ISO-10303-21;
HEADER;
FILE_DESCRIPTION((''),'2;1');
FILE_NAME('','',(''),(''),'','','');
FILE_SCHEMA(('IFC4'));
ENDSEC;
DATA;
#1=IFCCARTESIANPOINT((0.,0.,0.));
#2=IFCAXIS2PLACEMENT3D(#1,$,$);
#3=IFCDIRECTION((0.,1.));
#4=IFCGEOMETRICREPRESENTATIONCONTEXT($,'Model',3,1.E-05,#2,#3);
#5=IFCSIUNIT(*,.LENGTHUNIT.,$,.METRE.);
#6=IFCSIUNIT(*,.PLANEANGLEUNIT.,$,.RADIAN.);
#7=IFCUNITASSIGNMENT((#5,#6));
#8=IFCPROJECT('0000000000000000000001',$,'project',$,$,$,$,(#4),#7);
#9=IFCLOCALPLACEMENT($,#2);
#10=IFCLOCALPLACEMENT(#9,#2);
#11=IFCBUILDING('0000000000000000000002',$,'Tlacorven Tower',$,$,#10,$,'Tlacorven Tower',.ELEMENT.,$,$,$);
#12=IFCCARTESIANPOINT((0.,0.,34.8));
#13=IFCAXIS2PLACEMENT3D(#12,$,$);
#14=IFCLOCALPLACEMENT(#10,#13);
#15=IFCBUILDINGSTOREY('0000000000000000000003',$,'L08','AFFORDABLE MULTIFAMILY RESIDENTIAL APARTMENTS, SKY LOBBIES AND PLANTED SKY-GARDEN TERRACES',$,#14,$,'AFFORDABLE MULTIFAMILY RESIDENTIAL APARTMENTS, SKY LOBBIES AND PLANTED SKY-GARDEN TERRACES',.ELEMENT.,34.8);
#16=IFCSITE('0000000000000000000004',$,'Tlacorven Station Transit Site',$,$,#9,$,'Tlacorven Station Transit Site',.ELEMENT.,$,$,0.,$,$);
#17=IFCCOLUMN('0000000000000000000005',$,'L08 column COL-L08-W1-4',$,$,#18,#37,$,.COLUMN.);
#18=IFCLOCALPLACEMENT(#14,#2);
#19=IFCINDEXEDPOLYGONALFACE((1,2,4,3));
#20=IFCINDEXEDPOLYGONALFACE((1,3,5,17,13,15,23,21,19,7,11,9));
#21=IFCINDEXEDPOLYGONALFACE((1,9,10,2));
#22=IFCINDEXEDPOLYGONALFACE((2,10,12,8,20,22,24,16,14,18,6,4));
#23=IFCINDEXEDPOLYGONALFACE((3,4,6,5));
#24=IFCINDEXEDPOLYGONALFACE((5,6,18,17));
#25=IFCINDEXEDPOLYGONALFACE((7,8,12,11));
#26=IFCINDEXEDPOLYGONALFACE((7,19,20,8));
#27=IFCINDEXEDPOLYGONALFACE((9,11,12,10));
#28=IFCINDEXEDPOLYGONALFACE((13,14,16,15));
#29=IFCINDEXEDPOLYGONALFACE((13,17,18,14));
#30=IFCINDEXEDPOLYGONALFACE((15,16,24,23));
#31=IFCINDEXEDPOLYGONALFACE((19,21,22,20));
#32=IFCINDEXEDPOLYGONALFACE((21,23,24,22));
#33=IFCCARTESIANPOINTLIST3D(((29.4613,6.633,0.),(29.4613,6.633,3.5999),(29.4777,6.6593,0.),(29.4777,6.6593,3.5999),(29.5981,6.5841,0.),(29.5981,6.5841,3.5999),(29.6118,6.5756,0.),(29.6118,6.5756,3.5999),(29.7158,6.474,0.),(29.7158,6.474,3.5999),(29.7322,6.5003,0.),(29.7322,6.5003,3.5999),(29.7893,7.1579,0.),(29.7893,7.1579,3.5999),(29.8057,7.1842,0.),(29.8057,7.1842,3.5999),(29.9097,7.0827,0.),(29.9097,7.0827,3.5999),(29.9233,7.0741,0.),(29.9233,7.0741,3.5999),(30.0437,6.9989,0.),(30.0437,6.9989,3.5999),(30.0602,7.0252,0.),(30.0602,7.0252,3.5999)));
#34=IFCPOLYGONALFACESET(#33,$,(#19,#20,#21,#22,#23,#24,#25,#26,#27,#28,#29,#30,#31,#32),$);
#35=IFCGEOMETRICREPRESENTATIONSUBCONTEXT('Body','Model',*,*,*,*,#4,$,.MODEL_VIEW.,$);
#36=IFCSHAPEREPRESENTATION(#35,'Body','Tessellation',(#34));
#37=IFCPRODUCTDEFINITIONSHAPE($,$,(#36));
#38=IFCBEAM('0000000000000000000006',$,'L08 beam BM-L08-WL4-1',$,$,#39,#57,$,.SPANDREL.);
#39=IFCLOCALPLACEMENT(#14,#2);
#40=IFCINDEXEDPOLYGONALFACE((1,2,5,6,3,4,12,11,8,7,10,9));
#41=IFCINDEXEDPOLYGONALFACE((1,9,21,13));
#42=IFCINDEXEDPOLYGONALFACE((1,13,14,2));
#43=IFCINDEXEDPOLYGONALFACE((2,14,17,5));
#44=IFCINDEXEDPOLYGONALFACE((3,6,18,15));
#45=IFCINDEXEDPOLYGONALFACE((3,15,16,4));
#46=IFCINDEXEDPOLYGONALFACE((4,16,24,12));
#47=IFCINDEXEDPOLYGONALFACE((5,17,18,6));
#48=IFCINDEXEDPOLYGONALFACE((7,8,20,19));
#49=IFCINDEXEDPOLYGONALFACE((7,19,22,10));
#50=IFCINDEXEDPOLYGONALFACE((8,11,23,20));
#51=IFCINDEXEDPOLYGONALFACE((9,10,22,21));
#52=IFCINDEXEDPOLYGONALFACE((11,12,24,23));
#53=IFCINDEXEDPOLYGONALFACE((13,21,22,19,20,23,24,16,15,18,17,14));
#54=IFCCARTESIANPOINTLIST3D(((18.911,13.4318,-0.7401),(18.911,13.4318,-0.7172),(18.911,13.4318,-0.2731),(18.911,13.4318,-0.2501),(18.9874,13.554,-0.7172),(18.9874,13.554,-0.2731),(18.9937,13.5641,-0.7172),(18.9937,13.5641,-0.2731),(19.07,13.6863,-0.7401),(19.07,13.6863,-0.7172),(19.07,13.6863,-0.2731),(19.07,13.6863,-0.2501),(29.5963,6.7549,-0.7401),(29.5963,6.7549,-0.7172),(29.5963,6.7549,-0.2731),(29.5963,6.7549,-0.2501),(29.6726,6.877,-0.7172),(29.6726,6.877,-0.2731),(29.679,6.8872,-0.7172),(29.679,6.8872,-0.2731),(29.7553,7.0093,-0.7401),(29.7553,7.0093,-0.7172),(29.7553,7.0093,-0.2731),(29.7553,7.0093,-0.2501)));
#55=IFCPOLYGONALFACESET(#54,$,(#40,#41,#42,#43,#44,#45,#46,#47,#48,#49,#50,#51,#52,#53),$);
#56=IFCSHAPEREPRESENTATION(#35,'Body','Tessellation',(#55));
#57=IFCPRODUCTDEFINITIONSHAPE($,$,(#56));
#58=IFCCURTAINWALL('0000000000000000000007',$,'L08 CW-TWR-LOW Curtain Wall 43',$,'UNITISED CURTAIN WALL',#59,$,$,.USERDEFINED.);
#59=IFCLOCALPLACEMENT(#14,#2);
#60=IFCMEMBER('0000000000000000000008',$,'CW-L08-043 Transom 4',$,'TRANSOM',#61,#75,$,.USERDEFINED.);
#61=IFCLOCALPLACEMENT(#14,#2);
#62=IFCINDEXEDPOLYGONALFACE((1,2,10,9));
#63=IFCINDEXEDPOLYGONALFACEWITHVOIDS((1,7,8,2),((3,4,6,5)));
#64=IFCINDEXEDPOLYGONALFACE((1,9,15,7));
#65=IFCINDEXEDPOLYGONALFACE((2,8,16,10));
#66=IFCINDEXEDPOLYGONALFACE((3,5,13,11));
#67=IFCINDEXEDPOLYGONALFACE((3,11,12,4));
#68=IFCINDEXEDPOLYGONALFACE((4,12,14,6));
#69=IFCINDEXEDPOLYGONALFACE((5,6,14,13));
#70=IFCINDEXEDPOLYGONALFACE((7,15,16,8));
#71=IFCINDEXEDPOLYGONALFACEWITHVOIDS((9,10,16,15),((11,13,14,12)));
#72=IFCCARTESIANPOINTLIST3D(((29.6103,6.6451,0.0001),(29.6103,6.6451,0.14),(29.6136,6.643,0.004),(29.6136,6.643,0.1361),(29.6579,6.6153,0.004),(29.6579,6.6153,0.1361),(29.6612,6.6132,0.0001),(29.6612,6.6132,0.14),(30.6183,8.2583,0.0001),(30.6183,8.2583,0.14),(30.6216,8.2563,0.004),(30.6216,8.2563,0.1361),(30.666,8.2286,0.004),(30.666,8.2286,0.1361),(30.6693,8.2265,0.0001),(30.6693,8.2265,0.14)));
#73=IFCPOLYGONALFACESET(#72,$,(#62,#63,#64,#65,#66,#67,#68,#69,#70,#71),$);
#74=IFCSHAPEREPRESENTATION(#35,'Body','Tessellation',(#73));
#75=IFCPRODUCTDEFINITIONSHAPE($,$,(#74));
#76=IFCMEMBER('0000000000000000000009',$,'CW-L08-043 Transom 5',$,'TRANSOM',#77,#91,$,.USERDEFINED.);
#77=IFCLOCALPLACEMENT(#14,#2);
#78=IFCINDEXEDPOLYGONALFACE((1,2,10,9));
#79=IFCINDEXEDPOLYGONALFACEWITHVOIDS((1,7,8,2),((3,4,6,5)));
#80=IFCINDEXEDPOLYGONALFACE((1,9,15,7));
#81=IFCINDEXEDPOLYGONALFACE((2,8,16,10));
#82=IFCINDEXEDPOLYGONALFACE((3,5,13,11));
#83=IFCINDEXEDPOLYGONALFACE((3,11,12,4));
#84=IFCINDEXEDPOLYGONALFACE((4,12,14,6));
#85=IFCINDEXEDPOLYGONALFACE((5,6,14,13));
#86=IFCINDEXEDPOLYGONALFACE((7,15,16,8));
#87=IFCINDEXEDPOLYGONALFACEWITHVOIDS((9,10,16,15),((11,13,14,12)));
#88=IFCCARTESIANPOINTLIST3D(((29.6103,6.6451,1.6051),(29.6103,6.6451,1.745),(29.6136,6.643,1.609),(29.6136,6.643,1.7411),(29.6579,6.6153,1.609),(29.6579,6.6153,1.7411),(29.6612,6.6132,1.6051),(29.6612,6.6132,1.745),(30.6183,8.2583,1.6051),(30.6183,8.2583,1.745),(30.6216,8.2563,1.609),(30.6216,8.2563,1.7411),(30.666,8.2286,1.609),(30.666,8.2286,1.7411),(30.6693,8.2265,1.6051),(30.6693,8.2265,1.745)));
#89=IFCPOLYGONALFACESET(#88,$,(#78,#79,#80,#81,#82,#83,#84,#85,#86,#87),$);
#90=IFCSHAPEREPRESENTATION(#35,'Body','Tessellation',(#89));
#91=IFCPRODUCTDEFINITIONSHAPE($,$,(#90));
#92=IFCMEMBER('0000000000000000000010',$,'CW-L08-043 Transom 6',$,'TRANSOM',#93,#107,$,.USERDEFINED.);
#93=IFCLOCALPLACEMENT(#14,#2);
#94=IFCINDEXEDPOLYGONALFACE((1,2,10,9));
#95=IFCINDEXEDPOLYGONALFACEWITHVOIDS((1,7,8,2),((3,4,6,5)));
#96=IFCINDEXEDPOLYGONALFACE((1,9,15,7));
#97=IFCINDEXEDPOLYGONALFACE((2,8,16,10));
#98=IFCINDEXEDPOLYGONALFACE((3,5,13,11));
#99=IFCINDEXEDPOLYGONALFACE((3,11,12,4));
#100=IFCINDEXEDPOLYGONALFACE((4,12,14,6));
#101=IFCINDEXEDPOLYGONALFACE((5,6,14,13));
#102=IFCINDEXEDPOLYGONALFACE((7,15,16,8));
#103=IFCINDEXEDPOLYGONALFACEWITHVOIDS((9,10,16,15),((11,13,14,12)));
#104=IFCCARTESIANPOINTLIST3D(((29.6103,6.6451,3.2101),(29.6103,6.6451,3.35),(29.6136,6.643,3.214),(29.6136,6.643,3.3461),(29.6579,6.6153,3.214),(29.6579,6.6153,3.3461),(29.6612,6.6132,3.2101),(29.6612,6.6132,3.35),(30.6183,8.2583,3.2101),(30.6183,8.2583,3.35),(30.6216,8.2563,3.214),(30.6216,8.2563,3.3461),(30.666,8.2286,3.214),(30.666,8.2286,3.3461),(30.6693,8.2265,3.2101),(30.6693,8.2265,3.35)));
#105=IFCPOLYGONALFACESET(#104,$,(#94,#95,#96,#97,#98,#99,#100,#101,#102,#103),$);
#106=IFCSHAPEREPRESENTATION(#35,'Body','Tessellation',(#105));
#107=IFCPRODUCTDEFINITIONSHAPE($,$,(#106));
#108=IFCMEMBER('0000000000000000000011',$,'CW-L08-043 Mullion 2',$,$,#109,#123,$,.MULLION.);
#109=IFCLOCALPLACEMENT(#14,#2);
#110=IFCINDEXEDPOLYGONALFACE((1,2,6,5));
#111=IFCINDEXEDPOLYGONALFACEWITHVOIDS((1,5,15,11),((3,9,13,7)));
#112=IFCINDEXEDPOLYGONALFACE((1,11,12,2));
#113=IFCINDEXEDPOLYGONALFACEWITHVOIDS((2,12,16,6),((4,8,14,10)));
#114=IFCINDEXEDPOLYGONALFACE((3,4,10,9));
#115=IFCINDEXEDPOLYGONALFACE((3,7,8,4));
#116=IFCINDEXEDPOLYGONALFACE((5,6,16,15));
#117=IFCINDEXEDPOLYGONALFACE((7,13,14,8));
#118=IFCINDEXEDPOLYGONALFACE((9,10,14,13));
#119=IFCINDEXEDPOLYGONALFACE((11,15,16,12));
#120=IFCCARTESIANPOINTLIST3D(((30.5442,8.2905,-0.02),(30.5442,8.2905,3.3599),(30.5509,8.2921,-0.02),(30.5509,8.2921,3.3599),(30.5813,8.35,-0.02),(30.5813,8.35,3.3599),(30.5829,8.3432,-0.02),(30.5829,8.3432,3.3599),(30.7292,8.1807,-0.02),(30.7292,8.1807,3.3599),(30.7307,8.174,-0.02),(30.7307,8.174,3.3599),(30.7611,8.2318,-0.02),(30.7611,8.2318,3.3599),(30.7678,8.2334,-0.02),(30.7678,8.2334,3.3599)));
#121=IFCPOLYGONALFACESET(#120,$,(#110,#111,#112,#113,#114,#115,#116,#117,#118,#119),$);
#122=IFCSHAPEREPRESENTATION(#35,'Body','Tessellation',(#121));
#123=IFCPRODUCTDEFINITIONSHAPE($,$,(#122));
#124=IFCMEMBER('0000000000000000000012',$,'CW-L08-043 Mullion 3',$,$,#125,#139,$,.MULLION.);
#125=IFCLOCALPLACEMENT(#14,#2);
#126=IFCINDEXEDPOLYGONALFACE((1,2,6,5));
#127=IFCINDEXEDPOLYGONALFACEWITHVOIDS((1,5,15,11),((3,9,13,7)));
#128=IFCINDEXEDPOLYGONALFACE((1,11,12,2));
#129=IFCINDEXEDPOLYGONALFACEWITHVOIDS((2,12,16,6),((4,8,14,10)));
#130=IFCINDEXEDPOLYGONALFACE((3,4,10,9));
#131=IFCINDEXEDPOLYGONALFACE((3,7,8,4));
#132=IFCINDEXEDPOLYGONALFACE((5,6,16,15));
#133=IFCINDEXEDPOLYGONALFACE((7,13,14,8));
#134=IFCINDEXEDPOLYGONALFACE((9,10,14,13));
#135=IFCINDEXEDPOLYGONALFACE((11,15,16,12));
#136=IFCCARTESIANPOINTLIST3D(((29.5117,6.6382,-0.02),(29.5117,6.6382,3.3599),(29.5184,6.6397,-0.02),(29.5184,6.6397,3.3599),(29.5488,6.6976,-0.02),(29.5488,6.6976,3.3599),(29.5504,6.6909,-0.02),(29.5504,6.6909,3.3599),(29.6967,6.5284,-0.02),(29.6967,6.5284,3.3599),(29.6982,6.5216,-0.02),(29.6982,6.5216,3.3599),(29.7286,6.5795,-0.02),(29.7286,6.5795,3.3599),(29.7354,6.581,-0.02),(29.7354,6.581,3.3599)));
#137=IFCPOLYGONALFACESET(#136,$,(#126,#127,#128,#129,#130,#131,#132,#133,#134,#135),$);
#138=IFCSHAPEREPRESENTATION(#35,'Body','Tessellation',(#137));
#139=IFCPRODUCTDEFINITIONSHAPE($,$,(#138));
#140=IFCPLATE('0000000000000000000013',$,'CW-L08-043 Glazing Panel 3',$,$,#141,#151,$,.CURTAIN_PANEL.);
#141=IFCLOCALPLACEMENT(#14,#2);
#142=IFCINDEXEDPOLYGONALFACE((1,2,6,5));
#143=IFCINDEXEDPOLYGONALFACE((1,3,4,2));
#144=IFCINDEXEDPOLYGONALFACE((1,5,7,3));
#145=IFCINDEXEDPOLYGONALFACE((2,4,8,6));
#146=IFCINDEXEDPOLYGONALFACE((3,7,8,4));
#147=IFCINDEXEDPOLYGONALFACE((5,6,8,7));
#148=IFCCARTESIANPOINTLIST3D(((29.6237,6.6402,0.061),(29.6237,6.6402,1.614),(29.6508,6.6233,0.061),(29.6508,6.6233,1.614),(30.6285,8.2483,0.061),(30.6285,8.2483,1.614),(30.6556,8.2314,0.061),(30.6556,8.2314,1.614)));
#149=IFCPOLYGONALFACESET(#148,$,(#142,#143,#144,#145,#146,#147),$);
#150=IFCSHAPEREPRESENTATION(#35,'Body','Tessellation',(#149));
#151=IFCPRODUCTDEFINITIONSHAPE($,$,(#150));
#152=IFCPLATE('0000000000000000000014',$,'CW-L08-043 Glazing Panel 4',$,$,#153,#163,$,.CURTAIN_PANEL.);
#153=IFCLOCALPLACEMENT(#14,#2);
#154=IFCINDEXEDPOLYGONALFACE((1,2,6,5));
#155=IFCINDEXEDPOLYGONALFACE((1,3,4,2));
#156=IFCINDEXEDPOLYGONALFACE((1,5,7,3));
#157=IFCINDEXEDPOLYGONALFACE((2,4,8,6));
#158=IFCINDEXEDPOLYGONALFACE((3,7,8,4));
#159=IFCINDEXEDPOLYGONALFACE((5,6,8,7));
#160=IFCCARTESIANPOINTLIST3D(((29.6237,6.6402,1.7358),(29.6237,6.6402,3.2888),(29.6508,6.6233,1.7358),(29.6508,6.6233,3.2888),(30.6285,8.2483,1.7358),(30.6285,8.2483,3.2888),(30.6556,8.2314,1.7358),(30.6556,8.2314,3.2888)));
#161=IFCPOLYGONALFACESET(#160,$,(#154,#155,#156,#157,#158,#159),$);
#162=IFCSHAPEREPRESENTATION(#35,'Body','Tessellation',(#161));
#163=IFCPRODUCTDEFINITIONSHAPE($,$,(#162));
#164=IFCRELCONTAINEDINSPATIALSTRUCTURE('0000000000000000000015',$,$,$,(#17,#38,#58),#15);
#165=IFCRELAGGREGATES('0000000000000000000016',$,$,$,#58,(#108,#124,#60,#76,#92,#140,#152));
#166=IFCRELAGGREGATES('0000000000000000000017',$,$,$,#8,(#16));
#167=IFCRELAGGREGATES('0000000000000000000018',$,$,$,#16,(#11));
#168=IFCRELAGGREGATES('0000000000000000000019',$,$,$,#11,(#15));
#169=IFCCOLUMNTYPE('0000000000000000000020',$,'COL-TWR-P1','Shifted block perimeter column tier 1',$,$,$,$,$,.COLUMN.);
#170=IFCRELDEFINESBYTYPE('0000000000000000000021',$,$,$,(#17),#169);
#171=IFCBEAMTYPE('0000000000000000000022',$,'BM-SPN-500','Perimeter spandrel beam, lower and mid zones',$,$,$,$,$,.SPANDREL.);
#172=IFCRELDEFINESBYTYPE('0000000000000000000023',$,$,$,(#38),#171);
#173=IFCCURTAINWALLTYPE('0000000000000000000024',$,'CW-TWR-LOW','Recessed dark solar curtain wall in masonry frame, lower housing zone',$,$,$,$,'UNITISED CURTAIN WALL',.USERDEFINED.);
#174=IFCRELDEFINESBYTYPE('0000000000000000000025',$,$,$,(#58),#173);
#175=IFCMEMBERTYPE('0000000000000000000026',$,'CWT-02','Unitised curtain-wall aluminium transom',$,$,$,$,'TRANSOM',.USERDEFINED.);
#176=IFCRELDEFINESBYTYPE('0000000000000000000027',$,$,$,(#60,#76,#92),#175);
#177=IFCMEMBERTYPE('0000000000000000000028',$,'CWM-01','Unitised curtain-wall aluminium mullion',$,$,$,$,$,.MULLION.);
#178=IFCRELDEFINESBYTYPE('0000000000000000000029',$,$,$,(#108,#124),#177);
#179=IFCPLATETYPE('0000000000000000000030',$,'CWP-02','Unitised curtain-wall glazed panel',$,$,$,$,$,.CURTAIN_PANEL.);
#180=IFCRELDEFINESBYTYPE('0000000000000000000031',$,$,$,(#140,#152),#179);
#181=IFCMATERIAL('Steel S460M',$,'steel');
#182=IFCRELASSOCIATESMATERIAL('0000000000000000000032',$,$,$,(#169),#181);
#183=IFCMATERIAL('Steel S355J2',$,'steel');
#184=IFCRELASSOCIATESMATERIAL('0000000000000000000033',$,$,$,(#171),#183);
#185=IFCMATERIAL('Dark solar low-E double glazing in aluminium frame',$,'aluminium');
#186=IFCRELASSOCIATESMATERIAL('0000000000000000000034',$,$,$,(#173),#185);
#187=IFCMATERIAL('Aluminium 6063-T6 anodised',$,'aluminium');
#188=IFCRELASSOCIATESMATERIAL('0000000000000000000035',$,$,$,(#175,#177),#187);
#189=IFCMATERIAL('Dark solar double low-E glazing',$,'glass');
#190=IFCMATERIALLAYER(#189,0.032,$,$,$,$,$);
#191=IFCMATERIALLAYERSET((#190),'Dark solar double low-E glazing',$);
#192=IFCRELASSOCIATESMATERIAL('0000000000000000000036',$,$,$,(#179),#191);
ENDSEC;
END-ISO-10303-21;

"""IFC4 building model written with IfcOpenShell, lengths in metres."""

from ifc_helpers import new_model, si_unit, direction, frame, origin, origin_2d, place, context, subcontext, project, spatial, rectangle, hollow_rectangle, i_section, extrude, source, transform, mapped, material, layer, layer_set, material_profile, profile_set, type_object, element, aggregate, save


model = new_model("IFC4")

# Units and contexts
model_context = context("Model", 3, precision=1e-05, world=origin(), true_north=direction((0.0, 1.0)))
body_context = subcontext(model_context, "Body", "Model", "MODEL_VIEW")
ifc_project = project(units=[si_unit("LENGTHUNIT", "METRE"), si_unit("PLANEANGLEUNIT", "RADIAN")], contexts=[model_context])

# Site, building, storey
site_placement = place(None, origin())
site = spatial("IfcSite", under=ifc_project, at=site_placement, Name="Tlacorven Station Transit Site", LongName="Tlacorven Station Transit Site", CompositionType="ELEMENT", RefElevation=0.0)
building_placement = place(site_placement, origin())
building = spatial("IfcBuilding", under=site, at=building_placement, Name="Tlacorven Tower", LongName="Tlacorven Tower", CompositionType="ELEMENT")
storey_placement = place(building_placement, frame((0.0, 0.0, 34.8)))
storey = spatial("IfcBuildingStorey", under=building, at=storey_placement, Name="L08", Description="AFFORDABLE MULTIFAMILY RESIDENTIAL APARTMENTS, SKY LOBBIES AND PLANTED SKY-GARDEN TERRACES", LongName="AFFORDABLE MULTIFAMILY RESIDENTIAL APARTMENTS, SKY LOBBIES AND PLANTED SKY-GARDEN TERRACES", CompositionType="ELEMENT", Elevation=34.8)

# Column
ifc_material_1 = material(Name="Steel S460M", Category="steel")
ifc_material_profile_1 = material_profile(ifc_material_1, i_section(OverallWidth=0.3, OverallDepth=0.6499, WebThickness=0.0161, FlangeThickness=0.031, at=origin_2d()), Name="HEB 650")
ifc_profile_set_1 = profile_set([ifc_material_profile_1], Name="Steel S460M")
column_type = type_object("IfcColumnType", Name="COL-TWR-P1", Description="Shifted block perimeter column tier 1", PredefinedType="COLUMN", material=ifc_profile_set_1)
shared_shape_1 = source(origin(), body_context, "Body", "SweptSolid", [
    extrude(i_section(OverallWidth=0.3, OverallDepth=0.6499, WebThickness=0.0161, FlangeThickness=0.031, at=origin_2d()), origin(), (0.0, 0.0, 1.0), 3.5999),
])
column_placement = place(storey_placement, frame((29.7607, 6.8291, 0.0), z_axis=(0.0, 0.0, 1.0), x_axis=(-0.848048, 0.529919, 0.0)))
element("IfcColumn", 1, at=column_placement, inside=storey, type_object=column_type, Name="L08 column COL-L08-W1-4", PredefinedType="COLUMN", context=body_context, shape_type="MappedRepresentation", body=[
    mapped(shared_shape_1, transform((0.0, 0.0, 0.0), scale=1.0)),
])

# Beam
ifc_material_2 = material(Name="Steel S355J2", Category="steel")
ifc_material_profile_2 = material_profile(ifc_material_2, i_section(OverallWidth=0.3, OverallDepth=0.49, WebThickness=0.012, FlangeThickness=0.0229, at=origin_2d()), Name="HEA 500")
ifc_profile_set_2 = profile_set([ifc_material_profile_2], Name="Steel S355J2")
beam_type = type_object("IfcBeamType", Name="BM-SPN-500", Description="Perimeter spandrel beam, lower and mid zones", PredefinedType="SPANDREL", material=ifc_profile_set_2)
shared_shape_2 = source(origin(), body_context, "Body", "SweptSolid", [
    extrude(i_section(OverallWidth=0.3, OverallDepth=0.49, WebThickness=0.012, FlangeThickness=0.0229, at=origin_2d()), origin(), (0.0, 0.0, 1.0), 12.5999),
])
beam_placement = place(storey_placement, frame((29.6758, 6.8821, -0.4951), z_axis=(-0.848045, 0.529924, 0.0), x_axis=(-0.529924, -0.848045, 0.0)))
element("IfcBeam", 2, at=beam_placement, inside=storey, type_object=beam_type, Name="L08 beam BM-L08-WL4-1", PredefinedType="SPANDREL", context=body_context, shape_type="MappedRepresentation", body=[
    mapped(shared_shape_2, transform((0.0, 0.0, 0.0), scale=1.0)),
])

# Curtain wall, members, plates
ifc_material_3 = material(Name="Dark solar low-E double glazing in aluminium frame", Category="aluminium")
curtain_wall_type = type_object("IfcCurtainWallType", Name="CW-TWR-LOW", Description="Recessed dark solar curtain wall in masonry frame, lower housing zone", ElementType="UNITISED CURTAIN WALL", PredefinedType="USERDEFINED", material=ifc_material_3)
curtain_wall_placement = place(storey_placement, origin())
curtain_wall = element("IfcCurtainWall", 3, at=curtain_wall_placement, inside=storey, type_object=curtain_wall_type, Name="L08 CW-TWR-LOW Curtain Wall 43", ObjectType="UNITISED CURTAIN WALL", PredefinedType="USERDEFINED")
ifc_material_4 = material(Name="Aluminium 6063-T6 anodised", Category="aluminium")
ifc_material_profile_3 = material_profile(ifc_material_4, hollow_rectangle(XDim=0.0601, YDim=0.1399, WallThickness=0.0039, at=origin_2d()), Name="ALU TRANSOM 60X140")
ifc_profile_set_3 = profile_set([ifc_material_profile_3], Name="Aluminium 6063-T6 anodised")
member_type_1 = type_object("IfcMemberType", Name="CWT-02", Description="Unitised curtain-wall aluminium transom", ElementType="TRANSOM", PredefinedType="USERDEFINED", material=ifc_profile_set_3)
shared_shape_3 = source(origin(), body_context, "Body", "SweptSolid", [
    extrude(hollow_rectangle(XDim=0.0601, YDim=0.1399, WallThickness=0.0039, at=origin_2d()), origin(), (0.0, 0.0, 1.0), 1.9023),
])
member_1_placement = place(storey_placement, frame((30.6438, 8.2424, 0.0701), z_axis=(-0.529907, -0.848056, 0.0), x_axis=(0.848056, -0.529907, 0.0)))
member_1 = element("IfcMember", 4, at=member_1_placement, type_object=member_type_1, Name="CW-L08-043 Transom 4", ObjectType="TRANSOM", PredefinedType="USERDEFINED", context=body_context, shape_type="MappedRepresentation", body=[
    mapped(shared_shape_3, transform((0.0, 0.0, 0.0), scale=1.0)),
])
member_2_placement = place(storey_placement, frame((30.6438, 8.2424, 1.675), z_axis=(-0.529907, -0.848056, 0.0), x_axis=(0.848056, -0.529907, 0.0)))
member_2 = element("IfcMember", 5, at=member_2_placement, type_object=member_type_1, Name="CW-L08-043 Transom 5", ObjectType="TRANSOM", PredefinedType="USERDEFINED", context=body_context, shape_type="MappedRepresentation", body=[
    mapped(shared_shape_3, transform((0.0, 0.0, 0.0), scale=1.0)),
])
member_3_placement = place(storey_placement, frame((30.6438, 8.2424, 3.28), z_axis=(-0.529907, -0.848056, 0.0), x_axis=(0.848056, -0.529907, 0.0)))
member_3 = element("IfcMember", 6, at=member_3_placement, type_object=member_type_1, Name="CW-L08-043 Transom 6", ObjectType="TRANSOM", PredefinedType="USERDEFINED", context=body_context, shape_type="MappedRepresentation", body=[
    mapped(shared_shape_3, transform((0.0, 0.0, 0.0), scale=1.0)),
])
ifc_material_profile_4 = material_profile(ifc_material_4, hollow_rectangle(XDim=0.0701, YDim=0.22, WallThickness=0.0049, at=origin_2d()), Name="ALU MULLION 70X220")
ifc_profile_set_4 = profile_set([ifc_material_profile_4], Name="Aluminium 6063-T6 anodised")
member_type_2 = type_object("IfcMemberType", Name="CWM-01", Description="Unitised curtain-wall aluminium mullion", PredefinedType="MULLION", material=ifc_profile_set_4)
shared_shape_4 = source(origin(), body_context, "Body", "SweptSolid", [
    extrude(hollow_rectangle(XDim=0.0701, YDim=0.22, WallThickness=0.0049, at=origin_2d()), origin(), (0.0, 0.0, 1.0), 3.3799),
])
member_4_placement = place(storey_placement, frame((30.656, 8.262, -0.02), z_axis=(0.0, 0.0, 1.0), x_axis=(-0.529919, -0.848048, 0.0)))
member_4 = element("IfcMember", 7, at=member_4_placement, type_object=member_type_2, Name="CW-L08-043 Mullion 2", PredefinedType="MULLION", context=body_context, shape_type="MappedRepresentation", body=[
    mapped(shared_shape_4, transform((0.0, 0.0, 0.0), scale=1.0)),
])
member_5_placement = place(storey_placement, frame((29.6235, 6.6096, -0.02), z_axis=(0.0, 0.0, 1.0), x_axis=(-0.529919, -0.848048, 0.0)))
member_5 = element("IfcMember", 8, at=member_5_placement, type_object=member_type_2, Name="CW-L08-043 Mullion 3", PredefinedType="MULLION", context=body_context, shape_type="MappedRepresentation", body=[
    mapped(shared_shape_4, transform((0.0, 0.0, 0.0), scale=1.0)),
])
ifc_material_5 = material(Name="Dark solar double low-E glazing", Category="glass")
ifc_layer_1 = layer(ifc_material_5, 0.032)
ifc_layer_set_1 = layer_set([ifc_layer_1], Name="Dark solar double low-E glazing")
plate_type = type_object("IfcPlateType", Name="CWP-02", Description="Unitised curtain-wall glazed panel", PredefinedType="CURTAIN_PANEL", material=ifc_layer_set_1)
shared_shape_5 = source(origin(), body_context, "Body", "SweptSolid", [
    extrude(rectangle(XDim=1.8962, YDim=0.032, at=origin_2d()), origin(), (0.0, 0.0, 1.0), 1.553),
])
plate_1_placement = place(storey_placement, frame((30.1396, 7.4358, 0.061), z_axis=(0.0, 0.0, 1.0), x_axis=(-0.529919, -0.848048, 0.0)))
plate_1 = element("IfcPlate", 9, at=plate_1_placement, type_object=plate_type, Name="CW-L08-043 Glazing Panel 3", PredefinedType="CURTAIN_PANEL", context=body_context, shape_type="MappedRepresentation", body=[
    mapped(shared_shape_5, transform((0.0, 0.0, 0.0), scale=1.0)),
])
plate_2_placement = place(storey_placement, frame((30.1396, 7.4358, 1.7358), z_axis=(0.0, 0.0, 1.0), x_axis=(-0.529919, -0.848048, 0.0)))
plate_2 = element("IfcPlate", 10, at=plate_2_placement, type_object=plate_type, Name="CW-L08-043 Glazing Panel 4", PredefinedType="CURTAIN_PANEL", context=body_context, shape_type="MappedRepresentation", body=[
    mapped(shared_shape_5, transform((0.0, 0.0, 0.0), scale=1.0)),
])
aggregate(curtain_wall, [member_4, member_5, member_1, member_2, member_3, plate_1, plate_2])

save(model, "model.ifc")
